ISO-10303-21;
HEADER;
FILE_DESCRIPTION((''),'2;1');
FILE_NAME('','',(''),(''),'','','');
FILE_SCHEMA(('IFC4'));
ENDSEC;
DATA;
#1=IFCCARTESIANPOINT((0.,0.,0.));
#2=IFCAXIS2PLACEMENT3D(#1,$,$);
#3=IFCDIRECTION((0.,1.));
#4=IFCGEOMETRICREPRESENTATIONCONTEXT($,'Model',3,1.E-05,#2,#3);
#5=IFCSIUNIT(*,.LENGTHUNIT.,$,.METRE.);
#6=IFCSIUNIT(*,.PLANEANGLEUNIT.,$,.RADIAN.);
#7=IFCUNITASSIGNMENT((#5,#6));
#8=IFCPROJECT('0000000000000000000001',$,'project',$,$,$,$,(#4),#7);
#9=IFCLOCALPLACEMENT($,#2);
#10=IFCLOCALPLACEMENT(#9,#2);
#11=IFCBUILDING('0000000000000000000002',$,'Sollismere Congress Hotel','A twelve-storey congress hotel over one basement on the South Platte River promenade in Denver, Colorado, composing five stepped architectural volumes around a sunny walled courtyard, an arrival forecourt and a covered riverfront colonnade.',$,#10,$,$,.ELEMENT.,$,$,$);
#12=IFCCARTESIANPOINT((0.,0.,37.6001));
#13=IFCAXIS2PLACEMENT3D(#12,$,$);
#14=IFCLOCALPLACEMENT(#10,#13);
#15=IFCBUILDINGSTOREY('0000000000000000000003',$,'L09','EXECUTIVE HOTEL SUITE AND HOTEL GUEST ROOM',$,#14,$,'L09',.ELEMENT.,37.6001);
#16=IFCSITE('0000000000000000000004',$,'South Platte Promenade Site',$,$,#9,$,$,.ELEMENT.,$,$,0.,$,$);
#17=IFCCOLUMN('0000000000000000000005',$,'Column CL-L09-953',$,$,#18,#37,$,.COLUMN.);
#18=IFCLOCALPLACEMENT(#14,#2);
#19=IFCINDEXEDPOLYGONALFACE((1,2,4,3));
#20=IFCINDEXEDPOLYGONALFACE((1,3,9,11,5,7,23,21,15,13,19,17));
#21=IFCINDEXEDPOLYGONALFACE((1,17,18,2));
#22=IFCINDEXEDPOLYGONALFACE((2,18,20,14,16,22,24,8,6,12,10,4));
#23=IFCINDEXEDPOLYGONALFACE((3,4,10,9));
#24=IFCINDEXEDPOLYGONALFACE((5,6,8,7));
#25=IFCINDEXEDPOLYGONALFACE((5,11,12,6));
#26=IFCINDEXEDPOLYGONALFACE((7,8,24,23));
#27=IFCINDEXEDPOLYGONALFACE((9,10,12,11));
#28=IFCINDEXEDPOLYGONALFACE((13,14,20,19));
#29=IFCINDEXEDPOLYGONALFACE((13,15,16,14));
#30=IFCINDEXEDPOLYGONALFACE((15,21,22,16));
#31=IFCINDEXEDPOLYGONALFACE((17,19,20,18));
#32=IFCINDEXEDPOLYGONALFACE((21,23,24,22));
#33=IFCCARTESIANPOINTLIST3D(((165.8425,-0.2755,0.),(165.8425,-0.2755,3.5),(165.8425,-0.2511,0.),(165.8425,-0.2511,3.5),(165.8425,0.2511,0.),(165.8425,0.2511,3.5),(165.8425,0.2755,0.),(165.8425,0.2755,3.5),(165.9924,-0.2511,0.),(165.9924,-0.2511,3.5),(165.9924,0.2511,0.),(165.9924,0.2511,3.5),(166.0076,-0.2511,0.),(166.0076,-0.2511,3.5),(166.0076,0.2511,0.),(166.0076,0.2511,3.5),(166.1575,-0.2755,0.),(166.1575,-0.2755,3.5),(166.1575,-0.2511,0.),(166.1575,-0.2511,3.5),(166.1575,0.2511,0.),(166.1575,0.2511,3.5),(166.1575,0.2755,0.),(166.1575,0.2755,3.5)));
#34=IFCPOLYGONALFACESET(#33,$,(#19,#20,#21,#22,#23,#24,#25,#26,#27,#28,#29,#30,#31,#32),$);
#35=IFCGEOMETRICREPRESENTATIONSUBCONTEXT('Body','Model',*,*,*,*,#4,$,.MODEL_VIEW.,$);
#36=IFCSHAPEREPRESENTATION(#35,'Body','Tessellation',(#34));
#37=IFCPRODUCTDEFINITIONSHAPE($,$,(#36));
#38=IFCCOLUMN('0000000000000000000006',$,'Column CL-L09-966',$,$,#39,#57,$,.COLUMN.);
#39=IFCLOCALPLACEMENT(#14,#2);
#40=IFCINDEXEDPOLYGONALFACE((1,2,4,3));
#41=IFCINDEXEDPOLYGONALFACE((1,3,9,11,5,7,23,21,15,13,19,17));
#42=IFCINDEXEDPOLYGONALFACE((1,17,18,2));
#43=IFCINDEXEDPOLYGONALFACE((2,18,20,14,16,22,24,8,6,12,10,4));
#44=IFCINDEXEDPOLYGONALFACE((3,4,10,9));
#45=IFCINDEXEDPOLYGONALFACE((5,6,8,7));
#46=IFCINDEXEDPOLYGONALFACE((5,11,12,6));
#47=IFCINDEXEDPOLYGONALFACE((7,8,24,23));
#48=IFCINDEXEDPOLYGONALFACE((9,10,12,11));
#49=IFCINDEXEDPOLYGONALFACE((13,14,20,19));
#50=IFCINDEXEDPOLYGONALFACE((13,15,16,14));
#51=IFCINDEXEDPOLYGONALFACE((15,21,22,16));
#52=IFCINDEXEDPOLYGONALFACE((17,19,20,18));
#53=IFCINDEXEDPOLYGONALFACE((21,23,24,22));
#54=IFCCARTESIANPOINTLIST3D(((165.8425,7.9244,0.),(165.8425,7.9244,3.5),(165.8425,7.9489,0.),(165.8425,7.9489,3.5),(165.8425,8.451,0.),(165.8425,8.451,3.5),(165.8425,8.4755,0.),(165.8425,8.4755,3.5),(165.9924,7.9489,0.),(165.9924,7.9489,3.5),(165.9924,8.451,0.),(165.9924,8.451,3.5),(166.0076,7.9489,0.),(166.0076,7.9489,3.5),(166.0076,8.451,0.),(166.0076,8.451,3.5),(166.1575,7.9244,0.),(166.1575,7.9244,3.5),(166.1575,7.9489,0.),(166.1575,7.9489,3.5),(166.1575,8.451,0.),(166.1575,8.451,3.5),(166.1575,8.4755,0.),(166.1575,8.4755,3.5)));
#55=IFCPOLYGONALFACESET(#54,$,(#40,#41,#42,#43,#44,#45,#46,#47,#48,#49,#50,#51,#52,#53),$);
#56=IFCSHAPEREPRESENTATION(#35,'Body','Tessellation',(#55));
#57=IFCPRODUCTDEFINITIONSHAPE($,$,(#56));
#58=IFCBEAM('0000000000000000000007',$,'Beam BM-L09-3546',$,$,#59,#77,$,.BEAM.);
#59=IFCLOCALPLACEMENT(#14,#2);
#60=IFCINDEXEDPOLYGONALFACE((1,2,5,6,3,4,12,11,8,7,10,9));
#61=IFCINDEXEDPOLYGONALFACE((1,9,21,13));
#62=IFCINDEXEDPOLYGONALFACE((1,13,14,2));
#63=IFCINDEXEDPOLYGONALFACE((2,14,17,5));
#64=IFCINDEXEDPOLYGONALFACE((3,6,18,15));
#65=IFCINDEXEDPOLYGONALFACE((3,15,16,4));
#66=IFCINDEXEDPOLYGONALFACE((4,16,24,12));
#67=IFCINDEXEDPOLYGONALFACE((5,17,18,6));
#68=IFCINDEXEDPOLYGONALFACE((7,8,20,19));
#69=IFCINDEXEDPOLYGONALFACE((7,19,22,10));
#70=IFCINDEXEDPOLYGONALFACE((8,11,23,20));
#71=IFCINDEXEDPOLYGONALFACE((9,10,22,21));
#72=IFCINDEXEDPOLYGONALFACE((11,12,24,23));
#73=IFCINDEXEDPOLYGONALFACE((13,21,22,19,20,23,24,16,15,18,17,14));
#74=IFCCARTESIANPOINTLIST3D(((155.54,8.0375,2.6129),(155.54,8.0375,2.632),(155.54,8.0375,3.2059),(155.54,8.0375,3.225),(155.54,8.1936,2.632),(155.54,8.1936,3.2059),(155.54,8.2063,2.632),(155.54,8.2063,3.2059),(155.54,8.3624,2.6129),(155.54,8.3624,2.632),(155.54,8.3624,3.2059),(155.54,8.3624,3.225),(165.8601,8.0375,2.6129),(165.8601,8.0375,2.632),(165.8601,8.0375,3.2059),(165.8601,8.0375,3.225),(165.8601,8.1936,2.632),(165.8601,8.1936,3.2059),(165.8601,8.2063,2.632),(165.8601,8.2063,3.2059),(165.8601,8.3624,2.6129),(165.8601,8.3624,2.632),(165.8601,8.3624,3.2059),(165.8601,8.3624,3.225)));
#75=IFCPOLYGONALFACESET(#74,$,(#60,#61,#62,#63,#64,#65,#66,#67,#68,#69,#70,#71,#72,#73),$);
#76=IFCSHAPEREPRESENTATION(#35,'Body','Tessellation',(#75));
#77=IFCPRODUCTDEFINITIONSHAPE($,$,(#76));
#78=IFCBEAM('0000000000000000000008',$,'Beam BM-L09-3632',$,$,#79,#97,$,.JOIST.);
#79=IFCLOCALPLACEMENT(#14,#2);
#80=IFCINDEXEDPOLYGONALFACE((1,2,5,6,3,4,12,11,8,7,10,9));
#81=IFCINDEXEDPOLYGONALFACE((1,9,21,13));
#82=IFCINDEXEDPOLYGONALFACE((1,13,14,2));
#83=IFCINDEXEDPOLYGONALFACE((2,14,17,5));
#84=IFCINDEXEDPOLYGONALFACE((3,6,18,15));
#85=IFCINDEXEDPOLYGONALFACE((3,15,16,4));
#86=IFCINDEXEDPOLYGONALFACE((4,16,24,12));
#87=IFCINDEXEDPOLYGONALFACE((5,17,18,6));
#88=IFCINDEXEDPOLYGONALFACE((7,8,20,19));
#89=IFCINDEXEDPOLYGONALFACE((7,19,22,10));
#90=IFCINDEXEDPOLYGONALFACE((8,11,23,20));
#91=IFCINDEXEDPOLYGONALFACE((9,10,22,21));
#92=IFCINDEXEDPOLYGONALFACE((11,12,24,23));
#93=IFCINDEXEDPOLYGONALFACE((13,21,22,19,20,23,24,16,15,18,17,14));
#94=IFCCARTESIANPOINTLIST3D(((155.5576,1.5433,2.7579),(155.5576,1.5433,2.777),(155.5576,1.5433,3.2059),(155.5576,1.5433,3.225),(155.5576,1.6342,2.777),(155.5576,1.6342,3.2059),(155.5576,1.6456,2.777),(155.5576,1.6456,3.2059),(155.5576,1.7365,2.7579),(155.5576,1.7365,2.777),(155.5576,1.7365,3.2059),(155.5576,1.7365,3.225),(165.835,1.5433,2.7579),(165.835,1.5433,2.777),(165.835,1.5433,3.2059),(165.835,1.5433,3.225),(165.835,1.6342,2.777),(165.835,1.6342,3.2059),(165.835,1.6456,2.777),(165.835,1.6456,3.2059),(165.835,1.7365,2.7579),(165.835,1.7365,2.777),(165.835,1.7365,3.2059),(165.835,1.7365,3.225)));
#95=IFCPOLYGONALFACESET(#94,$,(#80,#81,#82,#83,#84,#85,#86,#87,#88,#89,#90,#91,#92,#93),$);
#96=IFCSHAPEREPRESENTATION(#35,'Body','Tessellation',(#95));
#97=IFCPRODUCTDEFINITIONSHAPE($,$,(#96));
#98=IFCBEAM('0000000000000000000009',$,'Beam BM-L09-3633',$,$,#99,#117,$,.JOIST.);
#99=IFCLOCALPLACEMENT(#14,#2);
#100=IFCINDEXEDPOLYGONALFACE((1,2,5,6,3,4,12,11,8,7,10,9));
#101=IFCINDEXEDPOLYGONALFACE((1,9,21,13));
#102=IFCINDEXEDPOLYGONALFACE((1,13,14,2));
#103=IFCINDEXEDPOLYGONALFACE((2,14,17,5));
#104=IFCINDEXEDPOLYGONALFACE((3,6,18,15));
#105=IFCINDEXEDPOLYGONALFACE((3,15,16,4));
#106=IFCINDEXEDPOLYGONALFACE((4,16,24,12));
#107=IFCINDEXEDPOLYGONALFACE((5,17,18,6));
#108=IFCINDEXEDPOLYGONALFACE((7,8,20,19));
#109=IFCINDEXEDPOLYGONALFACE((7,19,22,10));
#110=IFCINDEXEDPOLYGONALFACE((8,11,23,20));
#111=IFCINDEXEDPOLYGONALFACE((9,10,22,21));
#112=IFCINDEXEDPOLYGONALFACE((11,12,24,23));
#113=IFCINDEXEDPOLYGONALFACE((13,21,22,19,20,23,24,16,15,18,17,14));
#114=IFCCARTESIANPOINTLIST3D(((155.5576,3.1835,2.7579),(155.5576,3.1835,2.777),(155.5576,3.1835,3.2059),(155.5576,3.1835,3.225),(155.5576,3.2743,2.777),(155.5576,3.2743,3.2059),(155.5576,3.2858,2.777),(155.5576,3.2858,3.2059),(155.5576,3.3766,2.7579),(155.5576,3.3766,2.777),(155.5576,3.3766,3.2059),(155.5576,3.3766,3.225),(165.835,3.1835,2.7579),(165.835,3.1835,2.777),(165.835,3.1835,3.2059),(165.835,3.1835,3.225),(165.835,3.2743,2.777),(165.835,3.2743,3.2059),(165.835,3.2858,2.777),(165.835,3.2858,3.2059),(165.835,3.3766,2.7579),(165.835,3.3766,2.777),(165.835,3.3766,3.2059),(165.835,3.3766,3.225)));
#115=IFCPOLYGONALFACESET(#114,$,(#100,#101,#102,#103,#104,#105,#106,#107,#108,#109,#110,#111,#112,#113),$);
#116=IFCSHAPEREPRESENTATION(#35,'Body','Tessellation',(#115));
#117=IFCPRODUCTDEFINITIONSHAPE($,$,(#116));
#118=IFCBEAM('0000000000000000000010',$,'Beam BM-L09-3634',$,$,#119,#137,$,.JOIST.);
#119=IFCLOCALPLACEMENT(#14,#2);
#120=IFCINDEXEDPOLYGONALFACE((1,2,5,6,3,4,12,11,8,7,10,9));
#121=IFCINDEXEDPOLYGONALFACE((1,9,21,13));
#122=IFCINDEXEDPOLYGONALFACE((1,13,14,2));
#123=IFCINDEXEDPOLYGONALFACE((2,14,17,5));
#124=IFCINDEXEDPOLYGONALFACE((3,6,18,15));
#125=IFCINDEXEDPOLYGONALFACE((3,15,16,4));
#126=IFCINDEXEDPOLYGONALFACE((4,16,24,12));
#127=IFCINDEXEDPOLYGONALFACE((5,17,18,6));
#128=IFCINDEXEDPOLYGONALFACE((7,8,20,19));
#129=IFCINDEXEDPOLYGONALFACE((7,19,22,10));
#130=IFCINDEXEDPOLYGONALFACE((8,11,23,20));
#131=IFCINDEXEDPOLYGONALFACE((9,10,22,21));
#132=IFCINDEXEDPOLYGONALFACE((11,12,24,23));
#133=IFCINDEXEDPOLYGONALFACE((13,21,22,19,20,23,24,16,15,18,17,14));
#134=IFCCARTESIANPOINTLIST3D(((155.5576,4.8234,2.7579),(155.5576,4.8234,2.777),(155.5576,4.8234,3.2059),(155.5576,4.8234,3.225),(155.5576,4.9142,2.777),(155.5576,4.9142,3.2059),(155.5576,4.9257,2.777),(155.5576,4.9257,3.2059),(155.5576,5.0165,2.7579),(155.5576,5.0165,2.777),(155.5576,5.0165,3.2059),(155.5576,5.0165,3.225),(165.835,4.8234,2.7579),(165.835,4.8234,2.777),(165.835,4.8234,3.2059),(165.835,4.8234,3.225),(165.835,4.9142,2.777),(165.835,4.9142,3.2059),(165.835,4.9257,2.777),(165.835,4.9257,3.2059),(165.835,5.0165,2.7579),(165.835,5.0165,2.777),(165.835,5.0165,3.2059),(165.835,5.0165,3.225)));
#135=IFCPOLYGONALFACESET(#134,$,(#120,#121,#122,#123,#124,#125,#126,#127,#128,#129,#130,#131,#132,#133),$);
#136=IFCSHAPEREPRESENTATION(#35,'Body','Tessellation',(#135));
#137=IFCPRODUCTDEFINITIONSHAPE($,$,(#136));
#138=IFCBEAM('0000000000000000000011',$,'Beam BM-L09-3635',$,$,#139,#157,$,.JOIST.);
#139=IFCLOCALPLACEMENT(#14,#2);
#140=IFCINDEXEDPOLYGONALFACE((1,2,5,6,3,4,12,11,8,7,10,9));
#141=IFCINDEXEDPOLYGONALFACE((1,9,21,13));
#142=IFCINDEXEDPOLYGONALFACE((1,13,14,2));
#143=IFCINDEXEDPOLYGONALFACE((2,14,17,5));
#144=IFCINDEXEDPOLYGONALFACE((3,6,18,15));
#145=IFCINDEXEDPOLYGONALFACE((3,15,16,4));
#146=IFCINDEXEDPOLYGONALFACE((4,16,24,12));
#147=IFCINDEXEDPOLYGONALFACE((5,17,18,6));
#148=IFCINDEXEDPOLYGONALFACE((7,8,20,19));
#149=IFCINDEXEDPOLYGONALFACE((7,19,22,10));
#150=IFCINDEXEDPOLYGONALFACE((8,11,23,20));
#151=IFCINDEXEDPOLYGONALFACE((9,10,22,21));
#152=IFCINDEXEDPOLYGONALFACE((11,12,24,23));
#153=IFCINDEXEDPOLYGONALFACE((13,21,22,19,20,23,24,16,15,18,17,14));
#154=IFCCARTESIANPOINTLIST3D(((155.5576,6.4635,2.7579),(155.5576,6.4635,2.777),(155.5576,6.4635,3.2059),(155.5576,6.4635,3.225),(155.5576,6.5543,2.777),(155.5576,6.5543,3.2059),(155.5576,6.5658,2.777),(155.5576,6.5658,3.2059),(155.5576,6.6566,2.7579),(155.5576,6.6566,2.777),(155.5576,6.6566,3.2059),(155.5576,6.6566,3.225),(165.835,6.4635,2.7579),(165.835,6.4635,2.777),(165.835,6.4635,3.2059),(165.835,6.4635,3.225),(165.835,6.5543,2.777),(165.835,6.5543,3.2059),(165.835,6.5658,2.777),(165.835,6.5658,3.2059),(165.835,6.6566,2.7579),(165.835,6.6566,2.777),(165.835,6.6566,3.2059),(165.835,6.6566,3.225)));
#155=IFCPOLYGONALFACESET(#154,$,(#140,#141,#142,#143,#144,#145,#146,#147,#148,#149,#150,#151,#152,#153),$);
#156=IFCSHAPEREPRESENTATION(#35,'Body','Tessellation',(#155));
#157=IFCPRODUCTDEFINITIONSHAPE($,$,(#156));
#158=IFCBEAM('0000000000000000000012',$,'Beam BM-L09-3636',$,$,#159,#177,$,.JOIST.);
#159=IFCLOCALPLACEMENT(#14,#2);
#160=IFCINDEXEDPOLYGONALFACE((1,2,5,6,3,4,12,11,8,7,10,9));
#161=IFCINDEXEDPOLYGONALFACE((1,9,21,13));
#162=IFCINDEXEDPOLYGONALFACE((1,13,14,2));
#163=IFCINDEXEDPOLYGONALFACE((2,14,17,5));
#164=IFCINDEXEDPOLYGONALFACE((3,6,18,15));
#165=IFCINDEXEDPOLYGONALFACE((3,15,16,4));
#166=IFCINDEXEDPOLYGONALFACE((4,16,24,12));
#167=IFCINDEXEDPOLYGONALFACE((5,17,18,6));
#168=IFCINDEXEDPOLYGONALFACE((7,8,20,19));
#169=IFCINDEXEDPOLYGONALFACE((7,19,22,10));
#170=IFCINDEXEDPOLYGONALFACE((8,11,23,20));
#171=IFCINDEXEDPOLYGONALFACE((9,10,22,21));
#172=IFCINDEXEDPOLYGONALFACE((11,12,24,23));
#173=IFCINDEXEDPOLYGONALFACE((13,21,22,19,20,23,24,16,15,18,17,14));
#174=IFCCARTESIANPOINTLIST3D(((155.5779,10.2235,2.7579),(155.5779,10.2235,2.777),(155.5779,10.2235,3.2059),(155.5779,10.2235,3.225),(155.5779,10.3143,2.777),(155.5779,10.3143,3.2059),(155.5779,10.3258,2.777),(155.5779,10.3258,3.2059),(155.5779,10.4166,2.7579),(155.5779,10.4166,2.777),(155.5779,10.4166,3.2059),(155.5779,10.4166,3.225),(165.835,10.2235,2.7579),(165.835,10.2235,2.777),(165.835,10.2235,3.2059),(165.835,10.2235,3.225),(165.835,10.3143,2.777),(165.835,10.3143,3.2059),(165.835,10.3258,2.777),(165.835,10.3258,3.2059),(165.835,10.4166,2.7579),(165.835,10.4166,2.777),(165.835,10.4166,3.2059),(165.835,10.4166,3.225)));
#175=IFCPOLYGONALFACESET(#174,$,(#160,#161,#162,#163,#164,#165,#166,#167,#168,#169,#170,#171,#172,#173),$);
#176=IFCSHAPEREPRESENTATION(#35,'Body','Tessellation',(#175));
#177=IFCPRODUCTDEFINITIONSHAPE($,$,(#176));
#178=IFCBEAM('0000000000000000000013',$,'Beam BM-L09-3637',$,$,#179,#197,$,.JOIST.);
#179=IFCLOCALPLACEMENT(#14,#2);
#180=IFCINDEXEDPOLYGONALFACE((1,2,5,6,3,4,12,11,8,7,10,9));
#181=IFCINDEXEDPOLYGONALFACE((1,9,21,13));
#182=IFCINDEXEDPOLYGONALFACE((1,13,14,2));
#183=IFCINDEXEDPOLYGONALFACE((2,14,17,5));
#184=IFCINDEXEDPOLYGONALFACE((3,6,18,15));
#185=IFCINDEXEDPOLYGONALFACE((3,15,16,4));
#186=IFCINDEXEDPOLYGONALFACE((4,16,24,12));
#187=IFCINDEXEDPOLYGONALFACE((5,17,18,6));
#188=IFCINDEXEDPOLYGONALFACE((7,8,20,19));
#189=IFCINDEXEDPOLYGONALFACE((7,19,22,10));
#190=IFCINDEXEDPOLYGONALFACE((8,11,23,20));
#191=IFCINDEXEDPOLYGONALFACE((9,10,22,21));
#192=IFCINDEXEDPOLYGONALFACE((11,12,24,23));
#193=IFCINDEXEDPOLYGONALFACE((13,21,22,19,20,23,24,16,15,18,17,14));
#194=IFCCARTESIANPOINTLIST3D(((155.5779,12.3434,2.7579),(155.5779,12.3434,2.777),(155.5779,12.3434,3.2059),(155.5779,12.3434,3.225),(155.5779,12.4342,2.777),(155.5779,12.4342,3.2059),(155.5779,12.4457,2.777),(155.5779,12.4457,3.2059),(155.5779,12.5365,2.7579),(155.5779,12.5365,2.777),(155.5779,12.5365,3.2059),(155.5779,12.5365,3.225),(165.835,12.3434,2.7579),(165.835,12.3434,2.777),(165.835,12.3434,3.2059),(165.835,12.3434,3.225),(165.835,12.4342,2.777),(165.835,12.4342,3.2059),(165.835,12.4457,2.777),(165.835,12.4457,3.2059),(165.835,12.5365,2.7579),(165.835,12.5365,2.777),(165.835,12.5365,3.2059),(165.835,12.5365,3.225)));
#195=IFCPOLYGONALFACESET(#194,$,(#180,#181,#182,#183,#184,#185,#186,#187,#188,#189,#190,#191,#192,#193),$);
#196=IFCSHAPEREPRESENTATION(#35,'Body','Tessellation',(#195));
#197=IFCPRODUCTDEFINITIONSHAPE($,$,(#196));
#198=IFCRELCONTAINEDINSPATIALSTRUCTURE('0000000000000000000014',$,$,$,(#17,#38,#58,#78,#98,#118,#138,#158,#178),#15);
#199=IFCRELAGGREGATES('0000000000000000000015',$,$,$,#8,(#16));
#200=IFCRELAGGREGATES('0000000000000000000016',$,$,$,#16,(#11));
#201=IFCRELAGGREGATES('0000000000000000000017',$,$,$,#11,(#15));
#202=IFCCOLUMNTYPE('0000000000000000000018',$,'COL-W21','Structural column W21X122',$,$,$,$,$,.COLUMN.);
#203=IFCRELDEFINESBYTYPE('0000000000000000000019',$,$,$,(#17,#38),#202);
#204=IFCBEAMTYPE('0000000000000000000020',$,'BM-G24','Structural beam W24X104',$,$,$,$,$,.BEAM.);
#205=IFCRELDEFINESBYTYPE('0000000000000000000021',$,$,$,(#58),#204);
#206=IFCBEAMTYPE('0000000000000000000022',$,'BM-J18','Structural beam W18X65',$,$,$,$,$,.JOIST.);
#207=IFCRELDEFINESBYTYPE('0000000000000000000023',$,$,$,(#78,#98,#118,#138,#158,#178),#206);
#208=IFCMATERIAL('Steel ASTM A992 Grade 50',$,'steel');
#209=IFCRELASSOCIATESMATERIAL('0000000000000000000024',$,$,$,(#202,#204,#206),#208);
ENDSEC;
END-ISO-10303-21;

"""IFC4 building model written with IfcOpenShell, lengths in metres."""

from ifc_helpers import new_model, si_unit, direction, frame, origin, origin_2d, place, context, subcontext, project, spatial, i_section, extrude, material, material_profile, profile_set, type_object, element, save


model = new_model("IFC4")

# Units and contexts
model_context = context("Model", 3, precision=1e-05, world=origin(), true_north=direction((0.0, 1.0)))
body_context = subcontext(model_context, "Body", "Model", "MODEL_VIEW")
ifc_project = project(units=[si_unit("LENGTHUNIT", "METRE"), si_unit("PLANEANGLEUNIT", "RADIAN")], contexts=[model_context])

# Site, building, storey
site_placement = place(None, origin())
site = spatial("IfcSite", under=ifc_project, at=site_placement, Name="South Platte Promenade Site", CompositionType="ELEMENT", RefElevation=0.0)
building_placement = place(site_placement, origin())
building = spatial("IfcBuilding", under=site, at=building_placement, Name="Sollismere Congress Hotel", Description="A twelve-storey congress hotel over one basement on the South Platte River promenade in Denver, Colorado, composing five stepped architectural volumes around a sunny walled courtyard, an arrival forecourt and a covered riverfront colonnade.", CompositionType="ELEMENT")
storey_placement = place(building_placement, frame((0.0, 0.0, 37.6001)))
storey = spatial("IfcBuildingStorey", under=building, at=storey_placement, Name="L09", Description="EXECUTIVE HOTEL SUITE AND HOTEL GUEST ROOM", LongName="L09", CompositionType="ELEMENT", Elevation=37.6001)

# Columns
ifc_material_1 = material(Name="Steel ASTM A992 Grade 50", Category="steel")
ifc_material_profile_1 = material_profile(ifc_material_1, i_section(OverallWidth=0.3149, OverallDepth=0.551, WebThickness=0.0151, FlangeThickness=0.0244, at=origin_2d()), Name="W21X122")
ifc_profile_set_1 = profile_set([ifc_material_profile_1], Name="Steel ASTM A992 Grade 50")
column_type = type_object("IfcColumnType", Name="COL-W21", Description="Structural column W21X122", PredefinedType="COLUMN", material=ifc_profile_set_1)
for number, where, z_axis, x_axis, name in (
    (1, (166.0, 0.0, 0.0), (0.0, 0.0, 1.0), (1.0, 0.0, 0.0), "Column CL-L09-953"),
    (2, (166.0, 8.2, 0.0), (0.0, 0.0, 1.0), (1.0, 0.0, 0.0), "Column CL-L09-966"),
):
    element("IfcColumn", number, at=place(storey_placement, frame(where, z_axis=z_axis, x_axis=x_axis)), inside=storey, type_object=column_type, Name=name, PredefinedType="COLUMN", context=body_context, shape_type="SweptSolid", body=[
        extrude(i_section(OverallWidth=0.3149, OverallDepth=0.551, WebThickness=0.0151, FlangeThickness=0.0244, at=origin_2d()), origin(), (0.0, 0.0, 1.0), 3.5),
    ])

# Beams
ifc_material_profile_2 = material_profile(ifc_material_1, i_section(OverallWidth=0.325, OverallDepth=0.6121, WebThickness=0.0127, FlangeThickness=0.019, at=origin_2d()), Name="W24X104")
ifc_profile_set_2 = profile_set([ifc_material_profile_2], Name="Steel ASTM A992 Grade 50")
beam_type_1 = type_object("IfcBeamType", Name="BM-G24", Description="Structural beam W24X104", PredefinedType="BEAM", material=ifc_profile_set_2)
beam_1_placement = place(storey_placement, frame((155.54, 8.2, 2.9189), z_axis=(1.0, 0.0, 0.0), x_axis=(0.0, 1.0, 0.0)))
element("IfcBeam", 3, at=beam_1_placement, inside=storey, type_object=beam_type_1, Name="Beam BM-L09-3546", PredefinedType="BEAM", context=body_context, shape_type="SweptSolid", body=[
    extrude(i_section(OverallWidth=0.325, OverallDepth=0.6121, WebThickness=0.0127, FlangeThickness=0.019, at=origin_2d()), origin(), (0.0, 0.0, 1.0), 10.3201),
])
ifc_material_profile_3 = material_profile(ifc_material_1, i_section(OverallWidth=0.1931, OverallDepth=0.467, WebThickness=0.0115, FlangeThickness=0.019, at=origin_2d()), Name="W18X65")
ifc_profile_set_3 = profile_set([ifc_material_profile_3], Name="Steel ASTM A992 Grade 50")
beam_type_2 = type_object("IfcBeamType", Name="BM-J18", Description="Structural beam W18X65", PredefinedType="JOIST", material=ifc_profile_set_3)
for number, where, z_axis, x_axis, name in (
    (4, (155.5576, 1.6399, 2.9915), (1.0, 0.0, 0.0), (0.0, 1.0, 0.0), "Beam BM-L09-3632"),
    (5, (155.5576, 3.28, 2.9915), (1.0, 0.0, 0.0), (0.0, 1.0, 0.0), "Beam BM-L09-3633"),
    (6, (155.5576, 4.9199, 2.9915), (1.0, 0.0, 0.0), (0.0, 1.0, 0.0), "Beam BM-L09-3634"),
    (7, (155.5576, 6.5601, 2.9915), (1.0, 0.0, 0.0), (0.0, 1.0, 0.0), "Beam BM-L09-3635"),
):
    element("IfcBeam", number, at=place(storey_placement, frame(where, z_axis=z_axis, x_axis=x_axis)), inside=storey, type_object=beam_type_2, Name=name, PredefinedType="JOIST", context=body_context, shape_type="SweptSolid", body=[
        extrude(i_section(OverallWidth=0.1931, OverallDepth=0.467, WebThickness=0.0115, FlangeThickness=0.019, at=origin_2d()), origin(), (0.0, 0.0, 1.0), 10.2773),
    ])
for number, where, z_axis, x_axis, name in (
    (8, (155.5779, 10.3201, 2.9915), (1.0, 0.0, 0.0), (0.0, 1.0, 0.0), "Beam BM-L09-3636"),
    (9, (155.5779, 12.4399, 2.9915), (1.0, 0.0, 0.0), (0.0, 1.0, 0.0), "Beam BM-L09-3637"),
):
    element("IfcBeam", number, at=place(storey_placement, frame(where, z_axis=z_axis, x_axis=x_axis)), inside=storey, type_object=beam_type_2, Name=name, PredefinedType="JOIST", context=body_context, shape_type="SweptSolid", body=[
        extrude(i_section(OverallWidth=0.1931, OverallDepth=0.467, WebThickness=0.0115, FlangeThickness=0.019, at=origin_2d()), origin(), (0.0, 0.0, 1.0), 10.2571),
    ])

save(model, "model.ifc")
